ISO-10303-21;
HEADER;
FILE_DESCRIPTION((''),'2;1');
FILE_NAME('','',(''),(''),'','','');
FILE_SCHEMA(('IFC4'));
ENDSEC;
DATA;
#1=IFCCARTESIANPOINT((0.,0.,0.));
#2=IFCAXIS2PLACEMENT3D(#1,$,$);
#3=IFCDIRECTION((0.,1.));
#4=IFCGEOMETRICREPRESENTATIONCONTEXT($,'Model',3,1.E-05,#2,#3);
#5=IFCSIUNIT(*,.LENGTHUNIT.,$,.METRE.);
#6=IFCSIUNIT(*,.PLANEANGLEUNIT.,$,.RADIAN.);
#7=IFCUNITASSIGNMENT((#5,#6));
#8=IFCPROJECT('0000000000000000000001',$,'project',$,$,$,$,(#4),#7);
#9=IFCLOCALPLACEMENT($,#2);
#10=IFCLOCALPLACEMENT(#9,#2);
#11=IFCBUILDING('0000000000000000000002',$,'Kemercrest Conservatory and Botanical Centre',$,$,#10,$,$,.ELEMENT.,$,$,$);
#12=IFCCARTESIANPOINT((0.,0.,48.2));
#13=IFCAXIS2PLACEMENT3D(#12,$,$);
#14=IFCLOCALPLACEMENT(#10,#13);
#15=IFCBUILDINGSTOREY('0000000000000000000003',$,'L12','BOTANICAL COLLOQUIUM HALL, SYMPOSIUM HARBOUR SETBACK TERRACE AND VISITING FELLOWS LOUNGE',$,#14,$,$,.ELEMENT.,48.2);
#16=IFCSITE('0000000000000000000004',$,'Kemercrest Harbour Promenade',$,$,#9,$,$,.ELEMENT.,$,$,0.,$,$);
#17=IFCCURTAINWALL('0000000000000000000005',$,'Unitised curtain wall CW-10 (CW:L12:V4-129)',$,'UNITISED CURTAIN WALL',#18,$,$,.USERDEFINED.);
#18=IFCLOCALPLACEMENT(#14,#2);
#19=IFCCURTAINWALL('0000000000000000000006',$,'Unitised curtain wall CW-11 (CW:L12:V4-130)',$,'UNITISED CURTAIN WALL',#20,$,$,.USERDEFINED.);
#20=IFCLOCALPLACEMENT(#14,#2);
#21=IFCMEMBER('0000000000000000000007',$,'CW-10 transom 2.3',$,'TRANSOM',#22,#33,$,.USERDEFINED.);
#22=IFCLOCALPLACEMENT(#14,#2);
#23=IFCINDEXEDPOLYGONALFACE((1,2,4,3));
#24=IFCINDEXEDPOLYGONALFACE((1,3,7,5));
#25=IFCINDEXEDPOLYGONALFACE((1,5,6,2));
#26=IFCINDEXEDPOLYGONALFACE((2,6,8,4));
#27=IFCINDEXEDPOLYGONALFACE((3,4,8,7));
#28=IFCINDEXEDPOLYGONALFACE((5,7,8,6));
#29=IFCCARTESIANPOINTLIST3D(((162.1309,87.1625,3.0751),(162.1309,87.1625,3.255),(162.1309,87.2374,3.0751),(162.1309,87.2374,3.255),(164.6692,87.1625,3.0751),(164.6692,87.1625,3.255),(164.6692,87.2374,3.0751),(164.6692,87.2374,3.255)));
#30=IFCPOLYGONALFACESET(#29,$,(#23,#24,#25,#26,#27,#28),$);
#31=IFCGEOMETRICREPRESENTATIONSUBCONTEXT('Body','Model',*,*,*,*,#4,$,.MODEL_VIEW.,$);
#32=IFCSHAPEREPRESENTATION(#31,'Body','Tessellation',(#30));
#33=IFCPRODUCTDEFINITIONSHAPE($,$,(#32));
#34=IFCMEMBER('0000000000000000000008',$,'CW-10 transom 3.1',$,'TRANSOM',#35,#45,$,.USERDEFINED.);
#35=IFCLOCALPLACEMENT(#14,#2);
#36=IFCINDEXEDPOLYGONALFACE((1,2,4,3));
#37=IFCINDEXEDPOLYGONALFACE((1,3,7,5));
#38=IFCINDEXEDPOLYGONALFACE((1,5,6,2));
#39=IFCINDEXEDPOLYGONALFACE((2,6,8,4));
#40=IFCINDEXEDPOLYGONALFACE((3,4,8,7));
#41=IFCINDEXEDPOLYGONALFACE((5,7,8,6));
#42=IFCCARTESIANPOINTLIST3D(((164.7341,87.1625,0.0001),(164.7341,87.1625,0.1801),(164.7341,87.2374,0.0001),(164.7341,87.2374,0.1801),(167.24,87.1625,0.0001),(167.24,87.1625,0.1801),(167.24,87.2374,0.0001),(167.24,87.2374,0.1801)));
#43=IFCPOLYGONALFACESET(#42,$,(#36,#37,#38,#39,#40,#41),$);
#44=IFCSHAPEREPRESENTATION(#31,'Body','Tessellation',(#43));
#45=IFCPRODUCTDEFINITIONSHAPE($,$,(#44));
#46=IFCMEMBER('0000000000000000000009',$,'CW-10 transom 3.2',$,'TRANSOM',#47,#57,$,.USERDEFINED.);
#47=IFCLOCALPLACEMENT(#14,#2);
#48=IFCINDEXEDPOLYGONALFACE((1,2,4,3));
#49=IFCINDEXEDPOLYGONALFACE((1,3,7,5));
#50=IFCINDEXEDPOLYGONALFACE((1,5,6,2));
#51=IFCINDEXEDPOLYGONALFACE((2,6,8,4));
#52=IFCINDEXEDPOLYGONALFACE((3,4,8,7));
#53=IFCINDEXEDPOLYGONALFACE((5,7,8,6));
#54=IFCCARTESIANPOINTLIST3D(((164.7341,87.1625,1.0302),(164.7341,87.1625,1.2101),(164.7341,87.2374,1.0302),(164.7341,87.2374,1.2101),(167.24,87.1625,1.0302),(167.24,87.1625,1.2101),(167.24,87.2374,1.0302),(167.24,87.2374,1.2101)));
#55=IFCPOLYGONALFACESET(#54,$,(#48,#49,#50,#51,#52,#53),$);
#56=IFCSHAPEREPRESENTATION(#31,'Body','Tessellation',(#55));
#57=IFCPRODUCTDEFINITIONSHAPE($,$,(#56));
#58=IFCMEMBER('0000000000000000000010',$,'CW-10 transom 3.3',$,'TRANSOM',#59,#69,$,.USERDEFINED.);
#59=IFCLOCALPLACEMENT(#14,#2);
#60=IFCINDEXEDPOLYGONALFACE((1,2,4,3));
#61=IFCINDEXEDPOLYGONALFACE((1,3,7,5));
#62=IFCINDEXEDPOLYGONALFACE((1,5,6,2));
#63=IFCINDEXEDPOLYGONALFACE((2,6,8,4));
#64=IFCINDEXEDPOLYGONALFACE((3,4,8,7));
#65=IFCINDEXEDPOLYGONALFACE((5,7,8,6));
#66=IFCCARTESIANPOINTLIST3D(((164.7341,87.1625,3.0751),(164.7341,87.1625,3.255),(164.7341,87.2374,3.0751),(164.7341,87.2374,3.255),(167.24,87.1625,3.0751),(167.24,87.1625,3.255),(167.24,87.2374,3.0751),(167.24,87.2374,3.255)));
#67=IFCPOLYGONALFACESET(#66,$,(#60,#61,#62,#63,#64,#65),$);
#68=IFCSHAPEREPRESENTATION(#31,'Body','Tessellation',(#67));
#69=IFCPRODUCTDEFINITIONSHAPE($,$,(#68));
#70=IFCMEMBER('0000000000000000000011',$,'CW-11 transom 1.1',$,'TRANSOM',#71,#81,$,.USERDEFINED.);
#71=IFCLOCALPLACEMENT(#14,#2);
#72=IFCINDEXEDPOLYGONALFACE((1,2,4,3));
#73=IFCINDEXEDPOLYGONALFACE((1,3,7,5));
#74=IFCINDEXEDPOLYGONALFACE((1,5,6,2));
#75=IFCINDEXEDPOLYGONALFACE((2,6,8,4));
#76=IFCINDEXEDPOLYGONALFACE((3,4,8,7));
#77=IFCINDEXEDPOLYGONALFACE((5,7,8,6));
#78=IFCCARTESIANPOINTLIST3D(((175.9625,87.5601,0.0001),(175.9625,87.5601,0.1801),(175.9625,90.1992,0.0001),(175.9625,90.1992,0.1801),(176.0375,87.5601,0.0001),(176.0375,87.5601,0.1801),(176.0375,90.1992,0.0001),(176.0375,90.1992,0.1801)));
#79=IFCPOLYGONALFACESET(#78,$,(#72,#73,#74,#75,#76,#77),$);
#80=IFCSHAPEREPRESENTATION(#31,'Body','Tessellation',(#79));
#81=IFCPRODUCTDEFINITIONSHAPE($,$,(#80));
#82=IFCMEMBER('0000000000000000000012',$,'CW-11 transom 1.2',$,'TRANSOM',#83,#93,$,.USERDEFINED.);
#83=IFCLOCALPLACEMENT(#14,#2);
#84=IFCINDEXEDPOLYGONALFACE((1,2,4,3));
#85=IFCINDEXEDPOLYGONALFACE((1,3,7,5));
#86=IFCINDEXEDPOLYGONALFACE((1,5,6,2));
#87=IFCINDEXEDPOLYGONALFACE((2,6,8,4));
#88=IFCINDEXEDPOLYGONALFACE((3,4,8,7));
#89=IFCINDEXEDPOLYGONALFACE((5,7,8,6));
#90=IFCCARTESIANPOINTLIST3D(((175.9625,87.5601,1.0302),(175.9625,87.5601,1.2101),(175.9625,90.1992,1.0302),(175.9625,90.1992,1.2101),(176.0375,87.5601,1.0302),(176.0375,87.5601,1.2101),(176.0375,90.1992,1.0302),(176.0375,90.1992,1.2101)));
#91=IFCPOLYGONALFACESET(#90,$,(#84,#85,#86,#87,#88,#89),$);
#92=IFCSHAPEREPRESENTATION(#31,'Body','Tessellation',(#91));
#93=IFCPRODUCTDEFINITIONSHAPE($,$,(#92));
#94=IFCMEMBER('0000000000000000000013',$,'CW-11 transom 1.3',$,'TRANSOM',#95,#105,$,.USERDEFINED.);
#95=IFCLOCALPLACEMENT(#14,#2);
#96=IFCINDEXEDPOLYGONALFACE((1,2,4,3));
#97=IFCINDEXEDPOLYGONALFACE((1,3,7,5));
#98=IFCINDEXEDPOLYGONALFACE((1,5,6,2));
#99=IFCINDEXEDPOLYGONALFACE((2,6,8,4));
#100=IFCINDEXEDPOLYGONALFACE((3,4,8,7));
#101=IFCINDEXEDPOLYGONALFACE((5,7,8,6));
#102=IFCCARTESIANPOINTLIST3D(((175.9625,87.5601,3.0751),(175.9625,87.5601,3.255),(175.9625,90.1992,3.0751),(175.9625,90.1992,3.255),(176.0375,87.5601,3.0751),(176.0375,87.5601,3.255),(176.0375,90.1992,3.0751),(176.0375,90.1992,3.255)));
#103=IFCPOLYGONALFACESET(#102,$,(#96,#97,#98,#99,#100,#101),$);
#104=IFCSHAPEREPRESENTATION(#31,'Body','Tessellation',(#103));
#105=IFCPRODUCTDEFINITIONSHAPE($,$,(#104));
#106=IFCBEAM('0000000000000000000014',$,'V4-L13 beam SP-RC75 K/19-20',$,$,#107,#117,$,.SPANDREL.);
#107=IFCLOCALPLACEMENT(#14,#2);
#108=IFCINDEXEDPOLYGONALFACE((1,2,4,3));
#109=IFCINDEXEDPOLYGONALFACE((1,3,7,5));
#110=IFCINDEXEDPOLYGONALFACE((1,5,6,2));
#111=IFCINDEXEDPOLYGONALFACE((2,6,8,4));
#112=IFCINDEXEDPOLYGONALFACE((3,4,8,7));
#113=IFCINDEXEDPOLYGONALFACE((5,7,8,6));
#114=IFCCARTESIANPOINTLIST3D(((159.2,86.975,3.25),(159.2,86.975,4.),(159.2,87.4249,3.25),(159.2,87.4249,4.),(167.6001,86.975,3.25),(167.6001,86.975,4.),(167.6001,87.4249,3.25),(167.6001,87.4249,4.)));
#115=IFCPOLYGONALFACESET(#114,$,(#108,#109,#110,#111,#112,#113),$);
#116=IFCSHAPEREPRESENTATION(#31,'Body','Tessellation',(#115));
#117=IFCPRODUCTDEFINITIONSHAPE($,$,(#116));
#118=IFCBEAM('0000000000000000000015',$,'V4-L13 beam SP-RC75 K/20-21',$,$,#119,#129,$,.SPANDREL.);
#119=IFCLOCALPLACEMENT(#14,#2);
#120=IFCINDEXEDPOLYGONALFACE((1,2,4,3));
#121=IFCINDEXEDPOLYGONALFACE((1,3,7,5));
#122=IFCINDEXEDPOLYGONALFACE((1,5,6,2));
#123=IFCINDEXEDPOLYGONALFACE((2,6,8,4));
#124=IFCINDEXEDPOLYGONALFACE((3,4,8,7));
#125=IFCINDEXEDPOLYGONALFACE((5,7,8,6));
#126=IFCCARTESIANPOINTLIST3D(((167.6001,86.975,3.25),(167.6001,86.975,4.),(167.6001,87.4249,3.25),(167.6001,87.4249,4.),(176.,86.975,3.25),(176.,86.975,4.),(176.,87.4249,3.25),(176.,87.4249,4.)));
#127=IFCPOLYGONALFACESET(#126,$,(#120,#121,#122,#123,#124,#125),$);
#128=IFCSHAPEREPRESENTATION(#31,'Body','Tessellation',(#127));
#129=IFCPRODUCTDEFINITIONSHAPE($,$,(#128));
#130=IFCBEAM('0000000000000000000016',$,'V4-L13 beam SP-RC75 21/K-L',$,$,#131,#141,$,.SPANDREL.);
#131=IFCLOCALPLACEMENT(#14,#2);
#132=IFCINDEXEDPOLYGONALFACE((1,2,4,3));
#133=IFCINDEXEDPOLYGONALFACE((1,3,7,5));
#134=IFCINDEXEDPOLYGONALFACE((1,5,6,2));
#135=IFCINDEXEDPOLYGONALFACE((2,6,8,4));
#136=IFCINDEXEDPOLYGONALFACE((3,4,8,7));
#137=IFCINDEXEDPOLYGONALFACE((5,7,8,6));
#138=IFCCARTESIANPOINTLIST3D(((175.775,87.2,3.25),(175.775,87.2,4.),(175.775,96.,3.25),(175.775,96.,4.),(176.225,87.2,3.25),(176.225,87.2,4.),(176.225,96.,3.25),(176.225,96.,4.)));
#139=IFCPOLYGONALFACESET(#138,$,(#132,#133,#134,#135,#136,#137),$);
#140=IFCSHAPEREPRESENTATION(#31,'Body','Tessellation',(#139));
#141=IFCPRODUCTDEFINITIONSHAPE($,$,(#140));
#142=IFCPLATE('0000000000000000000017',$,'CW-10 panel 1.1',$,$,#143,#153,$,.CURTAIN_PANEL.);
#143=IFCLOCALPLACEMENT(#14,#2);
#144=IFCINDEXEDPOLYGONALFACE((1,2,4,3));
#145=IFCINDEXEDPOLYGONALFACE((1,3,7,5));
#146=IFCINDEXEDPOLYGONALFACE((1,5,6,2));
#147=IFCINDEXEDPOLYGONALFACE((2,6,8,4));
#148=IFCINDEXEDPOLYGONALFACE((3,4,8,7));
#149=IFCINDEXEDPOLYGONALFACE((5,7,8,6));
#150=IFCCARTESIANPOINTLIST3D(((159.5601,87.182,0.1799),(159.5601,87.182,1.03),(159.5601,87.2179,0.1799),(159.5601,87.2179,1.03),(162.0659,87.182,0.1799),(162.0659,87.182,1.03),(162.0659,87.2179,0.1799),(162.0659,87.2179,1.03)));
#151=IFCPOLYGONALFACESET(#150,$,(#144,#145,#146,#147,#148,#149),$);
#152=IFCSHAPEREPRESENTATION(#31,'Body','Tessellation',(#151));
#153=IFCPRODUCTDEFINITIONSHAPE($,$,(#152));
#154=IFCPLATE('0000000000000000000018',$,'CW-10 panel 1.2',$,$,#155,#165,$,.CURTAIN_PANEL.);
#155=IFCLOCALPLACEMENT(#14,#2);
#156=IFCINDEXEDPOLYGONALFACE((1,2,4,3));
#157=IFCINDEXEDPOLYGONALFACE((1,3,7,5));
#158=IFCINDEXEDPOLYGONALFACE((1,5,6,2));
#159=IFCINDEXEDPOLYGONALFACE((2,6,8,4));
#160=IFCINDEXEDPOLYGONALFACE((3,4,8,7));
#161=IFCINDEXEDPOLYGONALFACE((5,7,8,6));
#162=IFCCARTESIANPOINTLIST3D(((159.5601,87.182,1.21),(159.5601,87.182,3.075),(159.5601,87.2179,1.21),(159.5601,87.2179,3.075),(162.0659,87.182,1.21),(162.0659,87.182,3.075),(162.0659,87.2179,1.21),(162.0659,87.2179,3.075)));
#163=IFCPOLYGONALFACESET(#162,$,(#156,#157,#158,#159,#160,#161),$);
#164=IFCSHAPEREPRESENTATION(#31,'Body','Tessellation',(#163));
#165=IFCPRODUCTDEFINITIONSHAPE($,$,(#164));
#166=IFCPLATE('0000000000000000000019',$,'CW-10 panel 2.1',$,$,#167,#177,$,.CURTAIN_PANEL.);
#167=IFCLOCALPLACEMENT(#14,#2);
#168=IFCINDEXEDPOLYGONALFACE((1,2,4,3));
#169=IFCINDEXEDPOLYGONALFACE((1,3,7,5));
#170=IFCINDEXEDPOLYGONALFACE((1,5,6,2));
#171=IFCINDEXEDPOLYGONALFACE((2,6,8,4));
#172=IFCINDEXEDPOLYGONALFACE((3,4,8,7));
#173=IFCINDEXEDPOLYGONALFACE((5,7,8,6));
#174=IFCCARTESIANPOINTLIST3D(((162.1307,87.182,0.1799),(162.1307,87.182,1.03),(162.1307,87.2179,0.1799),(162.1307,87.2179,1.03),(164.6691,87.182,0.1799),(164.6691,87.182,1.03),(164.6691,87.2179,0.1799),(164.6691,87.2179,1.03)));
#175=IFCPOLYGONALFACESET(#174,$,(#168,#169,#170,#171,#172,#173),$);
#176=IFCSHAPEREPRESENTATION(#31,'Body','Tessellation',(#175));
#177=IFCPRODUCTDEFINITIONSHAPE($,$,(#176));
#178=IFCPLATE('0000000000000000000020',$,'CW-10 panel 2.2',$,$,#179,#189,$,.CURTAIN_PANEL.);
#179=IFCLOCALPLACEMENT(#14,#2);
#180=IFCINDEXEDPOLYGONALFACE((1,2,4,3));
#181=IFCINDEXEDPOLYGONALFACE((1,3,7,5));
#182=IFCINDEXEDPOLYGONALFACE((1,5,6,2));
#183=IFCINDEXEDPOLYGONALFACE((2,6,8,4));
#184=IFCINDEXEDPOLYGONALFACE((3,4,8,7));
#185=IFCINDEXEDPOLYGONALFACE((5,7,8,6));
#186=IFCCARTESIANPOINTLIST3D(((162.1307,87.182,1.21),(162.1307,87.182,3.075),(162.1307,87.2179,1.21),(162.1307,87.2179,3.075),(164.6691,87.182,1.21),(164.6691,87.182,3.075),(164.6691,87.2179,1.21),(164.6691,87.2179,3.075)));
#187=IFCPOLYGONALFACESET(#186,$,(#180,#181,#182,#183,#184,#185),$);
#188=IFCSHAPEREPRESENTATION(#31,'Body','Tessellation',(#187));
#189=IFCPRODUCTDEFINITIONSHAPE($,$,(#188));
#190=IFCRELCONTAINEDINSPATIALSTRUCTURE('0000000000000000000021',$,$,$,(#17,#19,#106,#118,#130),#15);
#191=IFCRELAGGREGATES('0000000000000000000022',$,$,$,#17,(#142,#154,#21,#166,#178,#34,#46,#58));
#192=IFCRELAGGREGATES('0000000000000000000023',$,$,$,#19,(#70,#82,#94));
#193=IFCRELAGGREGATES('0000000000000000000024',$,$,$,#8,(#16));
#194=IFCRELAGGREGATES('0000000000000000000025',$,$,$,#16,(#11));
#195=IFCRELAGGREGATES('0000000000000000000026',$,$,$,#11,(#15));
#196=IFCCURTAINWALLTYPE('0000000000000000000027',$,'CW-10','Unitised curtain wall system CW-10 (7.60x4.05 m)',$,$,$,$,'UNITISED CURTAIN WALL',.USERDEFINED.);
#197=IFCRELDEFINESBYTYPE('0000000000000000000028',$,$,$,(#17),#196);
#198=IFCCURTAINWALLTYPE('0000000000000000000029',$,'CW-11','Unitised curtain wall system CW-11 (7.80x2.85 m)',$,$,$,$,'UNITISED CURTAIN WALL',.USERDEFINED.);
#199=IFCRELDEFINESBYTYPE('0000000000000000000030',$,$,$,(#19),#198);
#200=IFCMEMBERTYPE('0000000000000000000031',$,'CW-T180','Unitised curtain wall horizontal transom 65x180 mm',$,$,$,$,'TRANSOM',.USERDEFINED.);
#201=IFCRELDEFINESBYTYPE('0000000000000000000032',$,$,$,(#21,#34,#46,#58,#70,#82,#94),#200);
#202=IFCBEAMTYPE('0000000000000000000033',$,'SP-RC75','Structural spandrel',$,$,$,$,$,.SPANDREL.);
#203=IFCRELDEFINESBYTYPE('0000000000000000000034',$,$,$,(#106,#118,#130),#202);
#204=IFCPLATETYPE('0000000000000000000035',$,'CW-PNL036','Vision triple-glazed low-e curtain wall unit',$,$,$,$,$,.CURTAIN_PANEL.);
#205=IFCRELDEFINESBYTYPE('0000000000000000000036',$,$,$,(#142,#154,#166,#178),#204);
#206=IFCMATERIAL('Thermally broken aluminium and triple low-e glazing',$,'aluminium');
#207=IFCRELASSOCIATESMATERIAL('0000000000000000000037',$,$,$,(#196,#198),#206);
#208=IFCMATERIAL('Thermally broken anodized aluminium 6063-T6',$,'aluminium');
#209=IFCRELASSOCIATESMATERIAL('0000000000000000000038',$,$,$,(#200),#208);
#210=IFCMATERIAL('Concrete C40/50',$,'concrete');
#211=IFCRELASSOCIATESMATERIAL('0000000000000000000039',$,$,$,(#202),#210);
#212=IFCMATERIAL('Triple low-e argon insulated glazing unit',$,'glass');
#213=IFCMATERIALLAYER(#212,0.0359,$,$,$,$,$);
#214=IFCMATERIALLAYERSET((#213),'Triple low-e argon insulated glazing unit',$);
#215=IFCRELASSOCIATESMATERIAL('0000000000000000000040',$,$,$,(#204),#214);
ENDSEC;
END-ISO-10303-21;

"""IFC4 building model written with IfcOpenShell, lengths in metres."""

from ifc_helpers import new_model, si_unit, direction, frame, origin, origin_2d, place, context, subcontext, project, spatial, rectangle, extrude, material, layer, layer_set, material_profile, profile_set, type_object, element, aggregate, save


model = new_model("IFC4")

# Units and contexts
model_context = context("Model", 3, precision=1e-05, world=origin(), true_north=direction((0.0, 1.0)))
body_context = subcontext(model_context, "Body", "Model", "MODEL_VIEW")
ifc_project = project(units=[si_unit("LENGTHUNIT", "METRE"), si_unit("PLANEANGLEUNIT", "RADIAN")], contexts=[model_context])

# Site, building, storey
site_placement = place(None, origin())
site = spatial("IfcSite", under=ifc_project, at=site_placement, Name="Kemercrest Harbour Promenade", CompositionType="ELEMENT", RefElevation=0.0)
building_placement = place(site_placement, origin())
building = spatial("IfcBuilding", under=site, at=building_placement, Name="Kemercrest Conservatory and Botanical Centre", CompositionType="ELEMENT")
storey_placement = place(building_placement, frame((0.0, 0.0, 48.2)))
storey = spatial("IfcBuildingStorey", under=building, at=storey_placement, Name="L12", Description="BOTANICAL COLLOQUIUM HALL, SYMPOSIUM HARBOUR SETBACK TERRACE AND VISITING FELLOWS LOUNGE", CompositionType="ELEMENT", Elevation=48.2)

# Shared definitions
ifc_material_1 = material(Name="Concrete C40/50", Category="concrete")

# Curtain wall
ifc_material_2 = material(Name="Thermally broken aluminium and triple low-e glazing", Category="aluminium")
curtain_wall_type_1 = type_object("IfcCurtainWallType", Name="CW-10", Description="Unitised curtain wall system CW-10 (7.60x4.05 m)", ElementType="UNITISED CURTAIN WALL", PredefinedType="USERDEFINED", material=ifc_material_2)
curtain_wall_1_placement = place(storey_placement, origin())
curtain_wall_1 = element("IfcCurtainWall", 1, at=curtain_wall_1_placement, inside=storey, type_object=curtain_wall_type_1, Name="Unitised curtain wall CW-10 (CW:L12:V4-129)", ObjectType="UNITISED CURTAIN WALL", PredefinedType="USERDEFINED")
ifc_material_3 = material(Name="Thermally broken anodized aluminium 6063-T6", Category="aluminium")

# Curtain wall
curtain_wall_type_2 = type_object("IfcCurtainWallType", Name="CW-11", Description="Unitised curtain wall system CW-11 (7.80x2.85 m)", ElementType="UNITISED CURTAIN WALL", PredefinedType="USERDEFINED", material=ifc_material_2)
curtain_wall_2_placement = place(storey_placement, origin())
curtain_wall_2 = element("IfcCurtainWall", 2, at=curtain_wall_2_placement, inside=storey, type_object=curtain_wall_type_2, Name="Unitised curtain wall CW-11 (CW:L12:V4-130)", ObjectType="UNITISED CURTAIN WALL", PredefinedType="USERDEFINED")

# Members
ifc_material_profile_1 = material_profile(ifc_material_3, rectangle(XDim=0.075, YDim=0.1799, at=origin_2d()), Name="AL TRANSOM 75x180")
ifc_profile_set_1 = profile_set([ifc_material_profile_1], Name="Thermally broken anodized aluminium 6063-T6")
member_type_1 = type_object("IfcMemberType", Name="CW-T180", Description="Unitised curtain wall horizontal transom 65x180 mm", ElementType="TRANSOM", PredefinedType="USERDEFINED", material=ifc_profile_set_1)
member_1_placement = place(storey_placement, frame((162.1309, 87.2, 3.165), z_axis=(1.0, 0.0, 0.0), x_axis=(0.0, 1.0, 0.0)))
member_1 = element("IfcMember", 3, at=member_1_placement, type_object=member_type_1, Name="CW-10 transom 2.3", ObjectType="TRANSOM", PredefinedType="USERDEFINED", context=body_context, shape_type="SweptSolid", body=[
    extrude(rectangle(XDim=0.075, YDim=0.1799, at=origin_2d()), origin(), (0.0, 0.0, 1.0), 2.5383),
])
member_2_placement = place(storey_placement, frame((164.7341, 87.2, 0.0901), z_axis=(1.0, 0.0, 0.0), x_axis=(0.0, 1.0, 0.0)))
member_2 = element("IfcMember", 4, at=member_2_placement, type_object=member_type_1, Name="CW-10 transom 3.1", ObjectType="TRANSOM", PredefinedType="USERDEFINED", context=body_context, shape_type="SweptSolid", body=[
    extrude(rectangle(XDim=0.075, YDim=0.1799, at=origin_2d()), origin(), (0.0, 0.0, 1.0), 2.5059),
])
member_3_placement = place(storey_placement, frame((164.7341, 87.2, 1.1201), z_axis=(1.0, 0.0, 0.0), x_axis=(0.0, 1.0, 0.0)))
member_3 = element("IfcMember", 5, at=member_3_placement, type_object=member_type_1, Name="CW-10 transom 3.2", ObjectType="TRANSOM", PredefinedType="USERDEFINED", context=body_context, shape_type="SweptSolid", body=[
    extrude(rectangle(XDim=0.075, YDim=0.1799, at=origin_2d()), origin(), (0.0, 0.0, 1.0), 2.5059),
])
member_4_placement = place(storey_placement, frame((164.7341, 87.2, 3.165), z_axis=(1.0, 0.0, 0.0), x_axis=(0.0, 1.0, 0.0)))
member_4 = element("IfcMember", 6, at=member_4_placement, type_object=member_type_1, Name="CW-10 transom 3.3", ObjectType="TRANSOM", PredefinedType="USERDEFINED", context=body_context, shape_type="SweptSolid", body=[
    extrude(rectangle(XDim=0.075, YDim=0.1799, at=origin_2d()), origin(), (0.0, 0.0, 1.0), 2.5059),
])
member_5_placement = place(storey_placement, frame((176.0, 87.5601, 0.0901), z_axis=(0.0, 1.0, 0.0), x_axis=(-1.0, 0.0, 0.0)))
member_5 = element("IfcMember", 7, at=member_5_placement, type_object=member_type_1, Name="CW-11 transom 1.1", ObjectType="TRANSOM", PredefinedType="USERDEFINED", context=body_context, shape_type="SweptSolid", body=[
    extrude(rectangle(XDim=0.075, YDim=0.1799, at=origin_2d()), origin(), (0.0, 0.0, 1.0), 2.6392),
])
member_6_placement = place(storey_placement, frame((176.0, 87.5601, 1.1201), z_axis=(0.0, 1.0, 0.0), x_axis=(-1.0, 0.0, 0.0)))
member_6 = element("IfcMember", 8, at=member_6_placement, type_object=member_type_1, Name="CW-11 transom 1.2", ObjectType="TRANSOM", PredefinedType="USERDEFINED", context=body_context, shape_type="SweptSolid", body=[
    extrude(rectangle(XDim=0.075, YDim=0.1799, at=origin_2d()), origin(), (0.0, 0.0, 1.0), 2.6392),
])
member_7_placement = place(storey_placement, frame((176.0, 87.5601, 3.165), z_axis=(0.0, 1.0, 0.0), x_axis=(-1.0, 0.0, 0.0)))
member_7 = element("IfcMember", 9, at=member_7_placement, type_object=member_type_1, Name="CW-11 transom 1.3", ObjectType="TRANSOM", PredefinedType="USERDEFINED", context=body_context, shape_type="SweptSolid", body=[
    extrude(rectangle(XDim=0.075, YDim=0.1799, at=origin_2d()), origin(), (0.0, 0.0, 1.0), 2.6392),
])

# Beams
ifc_material_profile_2 = material_profile(ifc_material_1, rectangle(XDim=0.45, YDim=0.75, at=origin_2d()), Name="RC 450x750")
ifc_profile_set_2 = profile_set([ifc_material_profile_2], Name="Concrete C40/50")
beam_type_1 = type_object("IfcBeamType", Name="SP-RC75", Description="Structural spandrel", PredefinedType="SPANDREL", material=ifc_profile_set_2)
beam_1_placement = place(storey_placement, frame((159.2, 87.2, 3.625), z_axis=(1.0, 0.0, 0.0), x_axis=(0.0, 1.0, 0.0)))
element("IfcBeam", 10, at=beam_1_placement, inside=storey, type_object=beam_type_1, Name="V4-L13 beam SP-RC75 K/19-20", PredefinedType="SPANDREL", context=body_context, shape_type="SweptSolid", body=[
    extrude(rectangle(XDim=0.45, YDim=0.75, at=origin_2d()), origin(), (0.0, 0.0, 1.0), 8.4001),
])
beam_2_placement = place(storey_placement, frame((167.6001, 87.2, 3.625), z_axis=(1.0, 0.0, 0.0), x_axis=(0.0, 1.0, 0.0)))
element("IfcBeam", 11, at=beam_2_placement, inside=storey, type_object=beam_type_1, Name="V4-L13 beam SP-RC75 K/20-21", PredefinedType="SPANDREL", context=body_context, shape_type="SweptSolid", body=[
    extrude(rectangle(XDim=0.45, YDim=0.75, at=origin_2d()), origin(), (0.0, 0.0, 1.0), 8.3999),
])
beam_3_placement = place(storey_placement, frame((176.0, 87.2, 3.625), z_axis=(0.0, 1.0, 0.0), x_axis=(-1.0, 0.0, 0.0)))
element("IfcBeam", 12, at=beam_3_placement, inside=storey, type_object=beam_type_1, Name="V4-L13 beam SP-RC75 21/K-L", PredefinedType="SPANDREL", context=body_context, shape_type="SweptSolid", body=[
    extrude(rectangle(XDim=0.45, YDim=0.75, at=origin_2d()), origin(), (0.0, 0.0, 1.0), 8.8),
])

# Plates
ifc_material_4 = material(Name="Triple low-e argon insulated glazing unit", Category="glass")
ifc_layer_1 = layer(ifc_material_4, 0.0359)
ifc_layer_set_1 = layer_set([ifc_layer_1], Name="Triple low-e argon insulated glazing unit")
plate_type = type_object("IfcPlateType", Name="CW-PNL036", Description="Vision triple-glazed low-e curtain wall unit", PredefinedType="CURTAIN_PANEL", material=ifc_layer_set_1)
plate_1_placement = place(storey_placement, frame((160.813, 87.2, 0.1799), z_axis=(0.0, 0.0, 1.0), x_axis=(1.0, 0.0, 0.0)))
plate_1 = element("IfcPlate", 13, at=plate_1_placement, type_object=plate_type, Name="CW-10 panel 1.1", PredefinedType="CURTAIN_PANEL", context=body_context, shape_type="SweptSolid", body=[
    extrude(rectangle(XDim=2.5059, YDim=0.0359, at=origin_2d()), origin(), (0.0, 0.0, 1.0), 0.8501),
])
plate_2_placement = place(storey_placement, frame((160.813, 87.2, 1.21), z_axis=(0.0, 0.0, 1.0), x_axis=(1.0, 0.0, 0.0)))
plate_2 = element("IfcPlate", 14, at=plate_2_placement, type_object=plate_type, Name="CW-10 panel 1.2", PredefinedType="CURTAIN_PANEL", context=body_context, shape_type="SweptSolid", body=[
    extrude(rectangle(XDim=2.5059, YDim=0.0359, at=origin_2d()), origin(), (0.0, 0.0, 1.0), 1.865),
])
plate_3_placement = place(storey_placement, frame((163.3999, 87.2, 0.1799), z_axis=(0.0, 0.0, 1.0), x_axis=(1.0, 0.0, 0.0)))
plate_3 = element("IfcPlate", 15, at=plate_3_placement, type_object=plate_type, Name="CW-10 panel 2.1", PredefinedType="CURTAIN_PANEL", context=body_context, shape_type="SweptSolid", body=[
    extrude(rectangle(XDim=2.5383, YDim=0.0359, at=origin_2d()), origin(), (0.0, 0.0, 1.0), 0.8501),
])
plate_4_placement = place(storey_placement, frame((163.3999, 87.2, 1.21), z_axis=(0.0, 0.0, 1.0), x_axis=(1.0, 0.0, 0.0)))
plate_4 = element("IfcPlate", 16, at=plate_4_placement, type_object=plate_type, Name="CW-10 panel 2.2", PredefinedType="CURTAIN_PANEL", context=body_context, shape_type="SweptSolid", body=[
    extrude(rectangle(XDim=2.5383, YDim=0.0359, at=origin_2d()), origin(), (0.0, 0.0, 1.0), 1.865),
])
aggregate(curtain_wall_1, [plate_1, plate_2, member_1, plate_3, plate_4, member_2, member_3, member_4])
aggregate(curtain_wall_2, [member_5, member_6, member_7])

save(model, "model.ifc")
